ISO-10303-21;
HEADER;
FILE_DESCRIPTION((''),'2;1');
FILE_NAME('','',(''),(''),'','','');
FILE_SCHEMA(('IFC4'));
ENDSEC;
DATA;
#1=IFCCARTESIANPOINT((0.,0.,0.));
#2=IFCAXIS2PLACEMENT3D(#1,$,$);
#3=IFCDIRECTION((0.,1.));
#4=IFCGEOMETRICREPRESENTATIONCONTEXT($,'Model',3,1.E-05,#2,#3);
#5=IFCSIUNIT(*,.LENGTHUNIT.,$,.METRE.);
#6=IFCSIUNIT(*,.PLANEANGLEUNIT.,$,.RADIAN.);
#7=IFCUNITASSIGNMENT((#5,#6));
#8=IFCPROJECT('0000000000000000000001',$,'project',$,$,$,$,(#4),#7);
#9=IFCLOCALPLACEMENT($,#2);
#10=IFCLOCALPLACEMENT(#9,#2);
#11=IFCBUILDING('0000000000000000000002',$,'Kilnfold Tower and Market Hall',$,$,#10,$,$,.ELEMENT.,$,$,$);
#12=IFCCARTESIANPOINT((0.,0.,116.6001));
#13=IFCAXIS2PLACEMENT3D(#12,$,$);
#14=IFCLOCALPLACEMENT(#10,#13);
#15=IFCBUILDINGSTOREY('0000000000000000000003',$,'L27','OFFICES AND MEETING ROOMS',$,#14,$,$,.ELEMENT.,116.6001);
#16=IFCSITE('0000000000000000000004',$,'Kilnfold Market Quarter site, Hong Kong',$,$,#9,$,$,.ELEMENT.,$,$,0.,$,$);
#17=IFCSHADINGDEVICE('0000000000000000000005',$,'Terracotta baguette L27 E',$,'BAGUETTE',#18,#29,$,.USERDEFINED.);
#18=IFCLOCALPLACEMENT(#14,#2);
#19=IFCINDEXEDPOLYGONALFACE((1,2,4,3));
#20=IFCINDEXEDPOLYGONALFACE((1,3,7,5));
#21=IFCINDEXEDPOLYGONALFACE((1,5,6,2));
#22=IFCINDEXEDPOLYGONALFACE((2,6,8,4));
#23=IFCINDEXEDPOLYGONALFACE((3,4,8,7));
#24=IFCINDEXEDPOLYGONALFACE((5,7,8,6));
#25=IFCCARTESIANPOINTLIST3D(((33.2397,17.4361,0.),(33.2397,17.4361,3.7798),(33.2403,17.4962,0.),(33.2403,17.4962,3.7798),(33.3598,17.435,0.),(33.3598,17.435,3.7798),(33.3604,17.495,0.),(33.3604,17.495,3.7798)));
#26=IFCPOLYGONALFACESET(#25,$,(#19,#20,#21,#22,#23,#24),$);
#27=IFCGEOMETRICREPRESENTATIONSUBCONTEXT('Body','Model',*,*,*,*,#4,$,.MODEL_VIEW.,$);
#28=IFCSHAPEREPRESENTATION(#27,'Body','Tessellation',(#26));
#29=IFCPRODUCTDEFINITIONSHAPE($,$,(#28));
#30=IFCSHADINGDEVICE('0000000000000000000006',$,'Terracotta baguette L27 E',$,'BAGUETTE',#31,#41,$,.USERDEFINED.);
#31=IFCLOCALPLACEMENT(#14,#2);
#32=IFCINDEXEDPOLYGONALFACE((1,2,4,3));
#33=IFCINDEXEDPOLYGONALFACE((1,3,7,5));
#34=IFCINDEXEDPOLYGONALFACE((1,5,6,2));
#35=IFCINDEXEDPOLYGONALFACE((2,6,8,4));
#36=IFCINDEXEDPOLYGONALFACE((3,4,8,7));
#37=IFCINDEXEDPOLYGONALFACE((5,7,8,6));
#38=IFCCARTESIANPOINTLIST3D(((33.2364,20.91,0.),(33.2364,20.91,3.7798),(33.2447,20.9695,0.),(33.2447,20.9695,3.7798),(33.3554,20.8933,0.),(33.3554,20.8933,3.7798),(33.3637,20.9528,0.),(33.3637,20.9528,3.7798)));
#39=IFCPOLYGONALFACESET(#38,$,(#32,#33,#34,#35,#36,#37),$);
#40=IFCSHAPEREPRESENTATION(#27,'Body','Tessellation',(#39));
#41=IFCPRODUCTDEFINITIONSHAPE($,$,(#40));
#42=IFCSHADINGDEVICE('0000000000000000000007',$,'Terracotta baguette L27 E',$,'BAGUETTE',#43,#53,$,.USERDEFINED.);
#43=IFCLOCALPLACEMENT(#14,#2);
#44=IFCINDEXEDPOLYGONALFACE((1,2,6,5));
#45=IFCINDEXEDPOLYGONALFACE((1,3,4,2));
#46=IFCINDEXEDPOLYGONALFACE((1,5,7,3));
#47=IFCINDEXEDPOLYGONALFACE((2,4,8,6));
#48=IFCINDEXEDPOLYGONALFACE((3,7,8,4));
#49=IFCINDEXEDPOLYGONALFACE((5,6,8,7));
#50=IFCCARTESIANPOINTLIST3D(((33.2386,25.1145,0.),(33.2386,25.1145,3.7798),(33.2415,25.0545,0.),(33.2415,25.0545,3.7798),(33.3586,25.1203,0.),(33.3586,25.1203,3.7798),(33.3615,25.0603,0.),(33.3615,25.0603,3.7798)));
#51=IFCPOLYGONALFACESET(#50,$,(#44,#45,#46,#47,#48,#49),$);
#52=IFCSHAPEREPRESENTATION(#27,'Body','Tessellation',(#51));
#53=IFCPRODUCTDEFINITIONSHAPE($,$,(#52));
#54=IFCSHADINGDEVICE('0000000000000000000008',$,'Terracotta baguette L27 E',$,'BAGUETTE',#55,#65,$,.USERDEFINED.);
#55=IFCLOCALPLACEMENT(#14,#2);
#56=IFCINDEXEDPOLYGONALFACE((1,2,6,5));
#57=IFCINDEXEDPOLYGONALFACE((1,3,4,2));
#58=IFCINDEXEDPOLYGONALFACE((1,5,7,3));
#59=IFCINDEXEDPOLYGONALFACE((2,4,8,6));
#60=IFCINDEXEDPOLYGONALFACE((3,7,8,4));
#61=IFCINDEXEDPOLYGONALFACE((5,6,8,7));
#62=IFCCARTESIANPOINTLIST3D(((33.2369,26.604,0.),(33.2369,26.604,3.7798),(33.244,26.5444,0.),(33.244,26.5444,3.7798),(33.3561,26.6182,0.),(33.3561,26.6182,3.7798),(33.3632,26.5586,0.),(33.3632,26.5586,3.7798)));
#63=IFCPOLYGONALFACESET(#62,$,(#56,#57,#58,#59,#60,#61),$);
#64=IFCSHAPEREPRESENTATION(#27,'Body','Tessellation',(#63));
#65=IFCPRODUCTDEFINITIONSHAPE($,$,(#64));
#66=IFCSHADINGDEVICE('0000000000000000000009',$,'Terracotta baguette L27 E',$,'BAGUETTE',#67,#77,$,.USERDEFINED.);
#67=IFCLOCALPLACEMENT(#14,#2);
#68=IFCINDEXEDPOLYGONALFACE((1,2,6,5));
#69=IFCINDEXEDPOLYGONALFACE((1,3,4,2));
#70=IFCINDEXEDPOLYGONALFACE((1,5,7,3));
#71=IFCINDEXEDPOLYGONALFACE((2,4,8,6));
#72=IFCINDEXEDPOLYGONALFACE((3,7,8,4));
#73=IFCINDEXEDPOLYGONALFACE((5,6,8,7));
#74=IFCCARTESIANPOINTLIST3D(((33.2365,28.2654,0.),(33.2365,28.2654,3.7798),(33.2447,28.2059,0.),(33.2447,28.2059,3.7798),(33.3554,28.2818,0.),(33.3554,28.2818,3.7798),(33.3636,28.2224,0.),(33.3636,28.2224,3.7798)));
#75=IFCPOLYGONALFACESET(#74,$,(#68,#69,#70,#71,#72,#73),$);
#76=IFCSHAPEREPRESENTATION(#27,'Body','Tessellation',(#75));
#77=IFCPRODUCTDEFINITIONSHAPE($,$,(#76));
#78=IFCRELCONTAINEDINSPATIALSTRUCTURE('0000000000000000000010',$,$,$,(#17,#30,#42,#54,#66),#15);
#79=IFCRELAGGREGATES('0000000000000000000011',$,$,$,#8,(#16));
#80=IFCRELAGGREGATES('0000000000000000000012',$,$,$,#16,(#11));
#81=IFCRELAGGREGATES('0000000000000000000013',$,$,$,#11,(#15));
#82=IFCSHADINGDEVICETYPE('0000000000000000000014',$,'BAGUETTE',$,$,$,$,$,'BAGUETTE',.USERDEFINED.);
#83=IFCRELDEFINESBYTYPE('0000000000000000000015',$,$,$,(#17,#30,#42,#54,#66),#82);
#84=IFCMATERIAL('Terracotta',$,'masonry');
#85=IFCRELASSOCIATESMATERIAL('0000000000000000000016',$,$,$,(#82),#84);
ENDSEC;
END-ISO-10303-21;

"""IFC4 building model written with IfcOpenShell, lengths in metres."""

from ifc_helpers import new_model, si_unit, direction, frame, origin, origin_2d, place, context, subcontext, project, spatial, rectangle, extrude, source, transform, mapped, material, material_profile, profile_set, type_object, element, save


model = new_model("IFC4")

# Units and contexts
model_context = context("Model", 3, precision=1e-05, world=origin(), true_north=direction((0.0, 1.0)))
body_context = subcontext(model_context, "Body", "Model", "MODEL_VIEW")
ifc_project = project(units=[si_unit("LENGTHUNIT", "METRE"), si_unit("PLANEANGLEUNIT", "RADIAN")], contexts=[model_context])

# Site, building, storey
site_placement = place(None, origin())
site = spatial("IfcSite", under=ifc_project, at=site_placement, Name="Kilnfold Market Quarter site, Hong Kong", CompositionType="ELEMENT", RefElevation=0.0)
building_placement = place(site_placement, origin())
building = spatial("IfcBuilding", under=site, at=building_placement, Name="Kilnfold Tower and Market Hall", CompositionType="ELEMENT")
storey_placement = place(building_placement, frame((0.0, 0.0, 116.6001)))
storey = spatial("IfcBuildingStorey", under=building, at=storey_placement, Name="L27", Description="OFFICES AND MEETING ROOMS", CompositionType="ELEMENT", Elevation=116.6001)

# Shading devices
ifc_material_1 = material(Name="Terracotta", Category="masonry")
ifc_material_profile_1 = material_profile(ifc_material_1, rectangle(XDim=0.0601, YDim=0.1201, at=origin_2d()), Name="BAG 60x120")
ifc_profile_set_1 = profile_set([ifc_material_profile_1], Name="Terracotta")
shading_device_type = type_object("IfcShadingDeviceType", Name="BAGUETTE", ElementType="BAGUETTE", PredefinedType="USERDEFINED", material=ifc_profile_set_1)
shared_shape_1 = source(origin(), body_context, "Body", "SweptSolid", [
    extrude(rectangle(XDim=0.0601, YDim=0.1201, at=origin_2d()), origin(), (0.0, 0.0, 1.0), 3.7798),
])
for number, where, z_axis, x_axis, name in (
    (1, (33.3, 17.4656, 0.0), (0.0, 0.0, 1.0), (0.009603, 0.999954, 0.0), "Terracotta baguette L27 E"),
    (2, (33.3, 20.9314, 0.0), (0.0, 0.0, 1.0), (0.138976, 0.990296, 0.0), "Terracotta baguette L27 E"),
    (3, (33.3, 25.0874, 0.0), (0.0, 0.0, 1.0), (-0.047588, 0.998867, 0.0), "Terracotta baguette L27 E"),
    (4, (33.3, 26.5813, 0.0), (0.0, 0.0, 1.0), (-0.118574, 0.992945, 0.0), "Terracotta baguette L27 E"),
    (5, (33.3, 28.2439, 0.0), (0.0, 0.0, 1.0), (-0.136589, 0.990628, 0.0), "Terracotta baguette L27 E"),
):
    element("IfcShadingDevice", number, at=place(storey_placement, frame(where, z_axis=z_axis, x_axis=x_axis)), inside=storey, type_object=shading_device_type, Name=name, ObjectType="BAGUETTE", PredefinedType="USERDEFINED", context=body_context, shape_type="MappedRepresentation", body=[
        mapped(shared_shape_1, transform((0.0, 0.0, 0.0))),
    ])

save(model, "model.ifc")
